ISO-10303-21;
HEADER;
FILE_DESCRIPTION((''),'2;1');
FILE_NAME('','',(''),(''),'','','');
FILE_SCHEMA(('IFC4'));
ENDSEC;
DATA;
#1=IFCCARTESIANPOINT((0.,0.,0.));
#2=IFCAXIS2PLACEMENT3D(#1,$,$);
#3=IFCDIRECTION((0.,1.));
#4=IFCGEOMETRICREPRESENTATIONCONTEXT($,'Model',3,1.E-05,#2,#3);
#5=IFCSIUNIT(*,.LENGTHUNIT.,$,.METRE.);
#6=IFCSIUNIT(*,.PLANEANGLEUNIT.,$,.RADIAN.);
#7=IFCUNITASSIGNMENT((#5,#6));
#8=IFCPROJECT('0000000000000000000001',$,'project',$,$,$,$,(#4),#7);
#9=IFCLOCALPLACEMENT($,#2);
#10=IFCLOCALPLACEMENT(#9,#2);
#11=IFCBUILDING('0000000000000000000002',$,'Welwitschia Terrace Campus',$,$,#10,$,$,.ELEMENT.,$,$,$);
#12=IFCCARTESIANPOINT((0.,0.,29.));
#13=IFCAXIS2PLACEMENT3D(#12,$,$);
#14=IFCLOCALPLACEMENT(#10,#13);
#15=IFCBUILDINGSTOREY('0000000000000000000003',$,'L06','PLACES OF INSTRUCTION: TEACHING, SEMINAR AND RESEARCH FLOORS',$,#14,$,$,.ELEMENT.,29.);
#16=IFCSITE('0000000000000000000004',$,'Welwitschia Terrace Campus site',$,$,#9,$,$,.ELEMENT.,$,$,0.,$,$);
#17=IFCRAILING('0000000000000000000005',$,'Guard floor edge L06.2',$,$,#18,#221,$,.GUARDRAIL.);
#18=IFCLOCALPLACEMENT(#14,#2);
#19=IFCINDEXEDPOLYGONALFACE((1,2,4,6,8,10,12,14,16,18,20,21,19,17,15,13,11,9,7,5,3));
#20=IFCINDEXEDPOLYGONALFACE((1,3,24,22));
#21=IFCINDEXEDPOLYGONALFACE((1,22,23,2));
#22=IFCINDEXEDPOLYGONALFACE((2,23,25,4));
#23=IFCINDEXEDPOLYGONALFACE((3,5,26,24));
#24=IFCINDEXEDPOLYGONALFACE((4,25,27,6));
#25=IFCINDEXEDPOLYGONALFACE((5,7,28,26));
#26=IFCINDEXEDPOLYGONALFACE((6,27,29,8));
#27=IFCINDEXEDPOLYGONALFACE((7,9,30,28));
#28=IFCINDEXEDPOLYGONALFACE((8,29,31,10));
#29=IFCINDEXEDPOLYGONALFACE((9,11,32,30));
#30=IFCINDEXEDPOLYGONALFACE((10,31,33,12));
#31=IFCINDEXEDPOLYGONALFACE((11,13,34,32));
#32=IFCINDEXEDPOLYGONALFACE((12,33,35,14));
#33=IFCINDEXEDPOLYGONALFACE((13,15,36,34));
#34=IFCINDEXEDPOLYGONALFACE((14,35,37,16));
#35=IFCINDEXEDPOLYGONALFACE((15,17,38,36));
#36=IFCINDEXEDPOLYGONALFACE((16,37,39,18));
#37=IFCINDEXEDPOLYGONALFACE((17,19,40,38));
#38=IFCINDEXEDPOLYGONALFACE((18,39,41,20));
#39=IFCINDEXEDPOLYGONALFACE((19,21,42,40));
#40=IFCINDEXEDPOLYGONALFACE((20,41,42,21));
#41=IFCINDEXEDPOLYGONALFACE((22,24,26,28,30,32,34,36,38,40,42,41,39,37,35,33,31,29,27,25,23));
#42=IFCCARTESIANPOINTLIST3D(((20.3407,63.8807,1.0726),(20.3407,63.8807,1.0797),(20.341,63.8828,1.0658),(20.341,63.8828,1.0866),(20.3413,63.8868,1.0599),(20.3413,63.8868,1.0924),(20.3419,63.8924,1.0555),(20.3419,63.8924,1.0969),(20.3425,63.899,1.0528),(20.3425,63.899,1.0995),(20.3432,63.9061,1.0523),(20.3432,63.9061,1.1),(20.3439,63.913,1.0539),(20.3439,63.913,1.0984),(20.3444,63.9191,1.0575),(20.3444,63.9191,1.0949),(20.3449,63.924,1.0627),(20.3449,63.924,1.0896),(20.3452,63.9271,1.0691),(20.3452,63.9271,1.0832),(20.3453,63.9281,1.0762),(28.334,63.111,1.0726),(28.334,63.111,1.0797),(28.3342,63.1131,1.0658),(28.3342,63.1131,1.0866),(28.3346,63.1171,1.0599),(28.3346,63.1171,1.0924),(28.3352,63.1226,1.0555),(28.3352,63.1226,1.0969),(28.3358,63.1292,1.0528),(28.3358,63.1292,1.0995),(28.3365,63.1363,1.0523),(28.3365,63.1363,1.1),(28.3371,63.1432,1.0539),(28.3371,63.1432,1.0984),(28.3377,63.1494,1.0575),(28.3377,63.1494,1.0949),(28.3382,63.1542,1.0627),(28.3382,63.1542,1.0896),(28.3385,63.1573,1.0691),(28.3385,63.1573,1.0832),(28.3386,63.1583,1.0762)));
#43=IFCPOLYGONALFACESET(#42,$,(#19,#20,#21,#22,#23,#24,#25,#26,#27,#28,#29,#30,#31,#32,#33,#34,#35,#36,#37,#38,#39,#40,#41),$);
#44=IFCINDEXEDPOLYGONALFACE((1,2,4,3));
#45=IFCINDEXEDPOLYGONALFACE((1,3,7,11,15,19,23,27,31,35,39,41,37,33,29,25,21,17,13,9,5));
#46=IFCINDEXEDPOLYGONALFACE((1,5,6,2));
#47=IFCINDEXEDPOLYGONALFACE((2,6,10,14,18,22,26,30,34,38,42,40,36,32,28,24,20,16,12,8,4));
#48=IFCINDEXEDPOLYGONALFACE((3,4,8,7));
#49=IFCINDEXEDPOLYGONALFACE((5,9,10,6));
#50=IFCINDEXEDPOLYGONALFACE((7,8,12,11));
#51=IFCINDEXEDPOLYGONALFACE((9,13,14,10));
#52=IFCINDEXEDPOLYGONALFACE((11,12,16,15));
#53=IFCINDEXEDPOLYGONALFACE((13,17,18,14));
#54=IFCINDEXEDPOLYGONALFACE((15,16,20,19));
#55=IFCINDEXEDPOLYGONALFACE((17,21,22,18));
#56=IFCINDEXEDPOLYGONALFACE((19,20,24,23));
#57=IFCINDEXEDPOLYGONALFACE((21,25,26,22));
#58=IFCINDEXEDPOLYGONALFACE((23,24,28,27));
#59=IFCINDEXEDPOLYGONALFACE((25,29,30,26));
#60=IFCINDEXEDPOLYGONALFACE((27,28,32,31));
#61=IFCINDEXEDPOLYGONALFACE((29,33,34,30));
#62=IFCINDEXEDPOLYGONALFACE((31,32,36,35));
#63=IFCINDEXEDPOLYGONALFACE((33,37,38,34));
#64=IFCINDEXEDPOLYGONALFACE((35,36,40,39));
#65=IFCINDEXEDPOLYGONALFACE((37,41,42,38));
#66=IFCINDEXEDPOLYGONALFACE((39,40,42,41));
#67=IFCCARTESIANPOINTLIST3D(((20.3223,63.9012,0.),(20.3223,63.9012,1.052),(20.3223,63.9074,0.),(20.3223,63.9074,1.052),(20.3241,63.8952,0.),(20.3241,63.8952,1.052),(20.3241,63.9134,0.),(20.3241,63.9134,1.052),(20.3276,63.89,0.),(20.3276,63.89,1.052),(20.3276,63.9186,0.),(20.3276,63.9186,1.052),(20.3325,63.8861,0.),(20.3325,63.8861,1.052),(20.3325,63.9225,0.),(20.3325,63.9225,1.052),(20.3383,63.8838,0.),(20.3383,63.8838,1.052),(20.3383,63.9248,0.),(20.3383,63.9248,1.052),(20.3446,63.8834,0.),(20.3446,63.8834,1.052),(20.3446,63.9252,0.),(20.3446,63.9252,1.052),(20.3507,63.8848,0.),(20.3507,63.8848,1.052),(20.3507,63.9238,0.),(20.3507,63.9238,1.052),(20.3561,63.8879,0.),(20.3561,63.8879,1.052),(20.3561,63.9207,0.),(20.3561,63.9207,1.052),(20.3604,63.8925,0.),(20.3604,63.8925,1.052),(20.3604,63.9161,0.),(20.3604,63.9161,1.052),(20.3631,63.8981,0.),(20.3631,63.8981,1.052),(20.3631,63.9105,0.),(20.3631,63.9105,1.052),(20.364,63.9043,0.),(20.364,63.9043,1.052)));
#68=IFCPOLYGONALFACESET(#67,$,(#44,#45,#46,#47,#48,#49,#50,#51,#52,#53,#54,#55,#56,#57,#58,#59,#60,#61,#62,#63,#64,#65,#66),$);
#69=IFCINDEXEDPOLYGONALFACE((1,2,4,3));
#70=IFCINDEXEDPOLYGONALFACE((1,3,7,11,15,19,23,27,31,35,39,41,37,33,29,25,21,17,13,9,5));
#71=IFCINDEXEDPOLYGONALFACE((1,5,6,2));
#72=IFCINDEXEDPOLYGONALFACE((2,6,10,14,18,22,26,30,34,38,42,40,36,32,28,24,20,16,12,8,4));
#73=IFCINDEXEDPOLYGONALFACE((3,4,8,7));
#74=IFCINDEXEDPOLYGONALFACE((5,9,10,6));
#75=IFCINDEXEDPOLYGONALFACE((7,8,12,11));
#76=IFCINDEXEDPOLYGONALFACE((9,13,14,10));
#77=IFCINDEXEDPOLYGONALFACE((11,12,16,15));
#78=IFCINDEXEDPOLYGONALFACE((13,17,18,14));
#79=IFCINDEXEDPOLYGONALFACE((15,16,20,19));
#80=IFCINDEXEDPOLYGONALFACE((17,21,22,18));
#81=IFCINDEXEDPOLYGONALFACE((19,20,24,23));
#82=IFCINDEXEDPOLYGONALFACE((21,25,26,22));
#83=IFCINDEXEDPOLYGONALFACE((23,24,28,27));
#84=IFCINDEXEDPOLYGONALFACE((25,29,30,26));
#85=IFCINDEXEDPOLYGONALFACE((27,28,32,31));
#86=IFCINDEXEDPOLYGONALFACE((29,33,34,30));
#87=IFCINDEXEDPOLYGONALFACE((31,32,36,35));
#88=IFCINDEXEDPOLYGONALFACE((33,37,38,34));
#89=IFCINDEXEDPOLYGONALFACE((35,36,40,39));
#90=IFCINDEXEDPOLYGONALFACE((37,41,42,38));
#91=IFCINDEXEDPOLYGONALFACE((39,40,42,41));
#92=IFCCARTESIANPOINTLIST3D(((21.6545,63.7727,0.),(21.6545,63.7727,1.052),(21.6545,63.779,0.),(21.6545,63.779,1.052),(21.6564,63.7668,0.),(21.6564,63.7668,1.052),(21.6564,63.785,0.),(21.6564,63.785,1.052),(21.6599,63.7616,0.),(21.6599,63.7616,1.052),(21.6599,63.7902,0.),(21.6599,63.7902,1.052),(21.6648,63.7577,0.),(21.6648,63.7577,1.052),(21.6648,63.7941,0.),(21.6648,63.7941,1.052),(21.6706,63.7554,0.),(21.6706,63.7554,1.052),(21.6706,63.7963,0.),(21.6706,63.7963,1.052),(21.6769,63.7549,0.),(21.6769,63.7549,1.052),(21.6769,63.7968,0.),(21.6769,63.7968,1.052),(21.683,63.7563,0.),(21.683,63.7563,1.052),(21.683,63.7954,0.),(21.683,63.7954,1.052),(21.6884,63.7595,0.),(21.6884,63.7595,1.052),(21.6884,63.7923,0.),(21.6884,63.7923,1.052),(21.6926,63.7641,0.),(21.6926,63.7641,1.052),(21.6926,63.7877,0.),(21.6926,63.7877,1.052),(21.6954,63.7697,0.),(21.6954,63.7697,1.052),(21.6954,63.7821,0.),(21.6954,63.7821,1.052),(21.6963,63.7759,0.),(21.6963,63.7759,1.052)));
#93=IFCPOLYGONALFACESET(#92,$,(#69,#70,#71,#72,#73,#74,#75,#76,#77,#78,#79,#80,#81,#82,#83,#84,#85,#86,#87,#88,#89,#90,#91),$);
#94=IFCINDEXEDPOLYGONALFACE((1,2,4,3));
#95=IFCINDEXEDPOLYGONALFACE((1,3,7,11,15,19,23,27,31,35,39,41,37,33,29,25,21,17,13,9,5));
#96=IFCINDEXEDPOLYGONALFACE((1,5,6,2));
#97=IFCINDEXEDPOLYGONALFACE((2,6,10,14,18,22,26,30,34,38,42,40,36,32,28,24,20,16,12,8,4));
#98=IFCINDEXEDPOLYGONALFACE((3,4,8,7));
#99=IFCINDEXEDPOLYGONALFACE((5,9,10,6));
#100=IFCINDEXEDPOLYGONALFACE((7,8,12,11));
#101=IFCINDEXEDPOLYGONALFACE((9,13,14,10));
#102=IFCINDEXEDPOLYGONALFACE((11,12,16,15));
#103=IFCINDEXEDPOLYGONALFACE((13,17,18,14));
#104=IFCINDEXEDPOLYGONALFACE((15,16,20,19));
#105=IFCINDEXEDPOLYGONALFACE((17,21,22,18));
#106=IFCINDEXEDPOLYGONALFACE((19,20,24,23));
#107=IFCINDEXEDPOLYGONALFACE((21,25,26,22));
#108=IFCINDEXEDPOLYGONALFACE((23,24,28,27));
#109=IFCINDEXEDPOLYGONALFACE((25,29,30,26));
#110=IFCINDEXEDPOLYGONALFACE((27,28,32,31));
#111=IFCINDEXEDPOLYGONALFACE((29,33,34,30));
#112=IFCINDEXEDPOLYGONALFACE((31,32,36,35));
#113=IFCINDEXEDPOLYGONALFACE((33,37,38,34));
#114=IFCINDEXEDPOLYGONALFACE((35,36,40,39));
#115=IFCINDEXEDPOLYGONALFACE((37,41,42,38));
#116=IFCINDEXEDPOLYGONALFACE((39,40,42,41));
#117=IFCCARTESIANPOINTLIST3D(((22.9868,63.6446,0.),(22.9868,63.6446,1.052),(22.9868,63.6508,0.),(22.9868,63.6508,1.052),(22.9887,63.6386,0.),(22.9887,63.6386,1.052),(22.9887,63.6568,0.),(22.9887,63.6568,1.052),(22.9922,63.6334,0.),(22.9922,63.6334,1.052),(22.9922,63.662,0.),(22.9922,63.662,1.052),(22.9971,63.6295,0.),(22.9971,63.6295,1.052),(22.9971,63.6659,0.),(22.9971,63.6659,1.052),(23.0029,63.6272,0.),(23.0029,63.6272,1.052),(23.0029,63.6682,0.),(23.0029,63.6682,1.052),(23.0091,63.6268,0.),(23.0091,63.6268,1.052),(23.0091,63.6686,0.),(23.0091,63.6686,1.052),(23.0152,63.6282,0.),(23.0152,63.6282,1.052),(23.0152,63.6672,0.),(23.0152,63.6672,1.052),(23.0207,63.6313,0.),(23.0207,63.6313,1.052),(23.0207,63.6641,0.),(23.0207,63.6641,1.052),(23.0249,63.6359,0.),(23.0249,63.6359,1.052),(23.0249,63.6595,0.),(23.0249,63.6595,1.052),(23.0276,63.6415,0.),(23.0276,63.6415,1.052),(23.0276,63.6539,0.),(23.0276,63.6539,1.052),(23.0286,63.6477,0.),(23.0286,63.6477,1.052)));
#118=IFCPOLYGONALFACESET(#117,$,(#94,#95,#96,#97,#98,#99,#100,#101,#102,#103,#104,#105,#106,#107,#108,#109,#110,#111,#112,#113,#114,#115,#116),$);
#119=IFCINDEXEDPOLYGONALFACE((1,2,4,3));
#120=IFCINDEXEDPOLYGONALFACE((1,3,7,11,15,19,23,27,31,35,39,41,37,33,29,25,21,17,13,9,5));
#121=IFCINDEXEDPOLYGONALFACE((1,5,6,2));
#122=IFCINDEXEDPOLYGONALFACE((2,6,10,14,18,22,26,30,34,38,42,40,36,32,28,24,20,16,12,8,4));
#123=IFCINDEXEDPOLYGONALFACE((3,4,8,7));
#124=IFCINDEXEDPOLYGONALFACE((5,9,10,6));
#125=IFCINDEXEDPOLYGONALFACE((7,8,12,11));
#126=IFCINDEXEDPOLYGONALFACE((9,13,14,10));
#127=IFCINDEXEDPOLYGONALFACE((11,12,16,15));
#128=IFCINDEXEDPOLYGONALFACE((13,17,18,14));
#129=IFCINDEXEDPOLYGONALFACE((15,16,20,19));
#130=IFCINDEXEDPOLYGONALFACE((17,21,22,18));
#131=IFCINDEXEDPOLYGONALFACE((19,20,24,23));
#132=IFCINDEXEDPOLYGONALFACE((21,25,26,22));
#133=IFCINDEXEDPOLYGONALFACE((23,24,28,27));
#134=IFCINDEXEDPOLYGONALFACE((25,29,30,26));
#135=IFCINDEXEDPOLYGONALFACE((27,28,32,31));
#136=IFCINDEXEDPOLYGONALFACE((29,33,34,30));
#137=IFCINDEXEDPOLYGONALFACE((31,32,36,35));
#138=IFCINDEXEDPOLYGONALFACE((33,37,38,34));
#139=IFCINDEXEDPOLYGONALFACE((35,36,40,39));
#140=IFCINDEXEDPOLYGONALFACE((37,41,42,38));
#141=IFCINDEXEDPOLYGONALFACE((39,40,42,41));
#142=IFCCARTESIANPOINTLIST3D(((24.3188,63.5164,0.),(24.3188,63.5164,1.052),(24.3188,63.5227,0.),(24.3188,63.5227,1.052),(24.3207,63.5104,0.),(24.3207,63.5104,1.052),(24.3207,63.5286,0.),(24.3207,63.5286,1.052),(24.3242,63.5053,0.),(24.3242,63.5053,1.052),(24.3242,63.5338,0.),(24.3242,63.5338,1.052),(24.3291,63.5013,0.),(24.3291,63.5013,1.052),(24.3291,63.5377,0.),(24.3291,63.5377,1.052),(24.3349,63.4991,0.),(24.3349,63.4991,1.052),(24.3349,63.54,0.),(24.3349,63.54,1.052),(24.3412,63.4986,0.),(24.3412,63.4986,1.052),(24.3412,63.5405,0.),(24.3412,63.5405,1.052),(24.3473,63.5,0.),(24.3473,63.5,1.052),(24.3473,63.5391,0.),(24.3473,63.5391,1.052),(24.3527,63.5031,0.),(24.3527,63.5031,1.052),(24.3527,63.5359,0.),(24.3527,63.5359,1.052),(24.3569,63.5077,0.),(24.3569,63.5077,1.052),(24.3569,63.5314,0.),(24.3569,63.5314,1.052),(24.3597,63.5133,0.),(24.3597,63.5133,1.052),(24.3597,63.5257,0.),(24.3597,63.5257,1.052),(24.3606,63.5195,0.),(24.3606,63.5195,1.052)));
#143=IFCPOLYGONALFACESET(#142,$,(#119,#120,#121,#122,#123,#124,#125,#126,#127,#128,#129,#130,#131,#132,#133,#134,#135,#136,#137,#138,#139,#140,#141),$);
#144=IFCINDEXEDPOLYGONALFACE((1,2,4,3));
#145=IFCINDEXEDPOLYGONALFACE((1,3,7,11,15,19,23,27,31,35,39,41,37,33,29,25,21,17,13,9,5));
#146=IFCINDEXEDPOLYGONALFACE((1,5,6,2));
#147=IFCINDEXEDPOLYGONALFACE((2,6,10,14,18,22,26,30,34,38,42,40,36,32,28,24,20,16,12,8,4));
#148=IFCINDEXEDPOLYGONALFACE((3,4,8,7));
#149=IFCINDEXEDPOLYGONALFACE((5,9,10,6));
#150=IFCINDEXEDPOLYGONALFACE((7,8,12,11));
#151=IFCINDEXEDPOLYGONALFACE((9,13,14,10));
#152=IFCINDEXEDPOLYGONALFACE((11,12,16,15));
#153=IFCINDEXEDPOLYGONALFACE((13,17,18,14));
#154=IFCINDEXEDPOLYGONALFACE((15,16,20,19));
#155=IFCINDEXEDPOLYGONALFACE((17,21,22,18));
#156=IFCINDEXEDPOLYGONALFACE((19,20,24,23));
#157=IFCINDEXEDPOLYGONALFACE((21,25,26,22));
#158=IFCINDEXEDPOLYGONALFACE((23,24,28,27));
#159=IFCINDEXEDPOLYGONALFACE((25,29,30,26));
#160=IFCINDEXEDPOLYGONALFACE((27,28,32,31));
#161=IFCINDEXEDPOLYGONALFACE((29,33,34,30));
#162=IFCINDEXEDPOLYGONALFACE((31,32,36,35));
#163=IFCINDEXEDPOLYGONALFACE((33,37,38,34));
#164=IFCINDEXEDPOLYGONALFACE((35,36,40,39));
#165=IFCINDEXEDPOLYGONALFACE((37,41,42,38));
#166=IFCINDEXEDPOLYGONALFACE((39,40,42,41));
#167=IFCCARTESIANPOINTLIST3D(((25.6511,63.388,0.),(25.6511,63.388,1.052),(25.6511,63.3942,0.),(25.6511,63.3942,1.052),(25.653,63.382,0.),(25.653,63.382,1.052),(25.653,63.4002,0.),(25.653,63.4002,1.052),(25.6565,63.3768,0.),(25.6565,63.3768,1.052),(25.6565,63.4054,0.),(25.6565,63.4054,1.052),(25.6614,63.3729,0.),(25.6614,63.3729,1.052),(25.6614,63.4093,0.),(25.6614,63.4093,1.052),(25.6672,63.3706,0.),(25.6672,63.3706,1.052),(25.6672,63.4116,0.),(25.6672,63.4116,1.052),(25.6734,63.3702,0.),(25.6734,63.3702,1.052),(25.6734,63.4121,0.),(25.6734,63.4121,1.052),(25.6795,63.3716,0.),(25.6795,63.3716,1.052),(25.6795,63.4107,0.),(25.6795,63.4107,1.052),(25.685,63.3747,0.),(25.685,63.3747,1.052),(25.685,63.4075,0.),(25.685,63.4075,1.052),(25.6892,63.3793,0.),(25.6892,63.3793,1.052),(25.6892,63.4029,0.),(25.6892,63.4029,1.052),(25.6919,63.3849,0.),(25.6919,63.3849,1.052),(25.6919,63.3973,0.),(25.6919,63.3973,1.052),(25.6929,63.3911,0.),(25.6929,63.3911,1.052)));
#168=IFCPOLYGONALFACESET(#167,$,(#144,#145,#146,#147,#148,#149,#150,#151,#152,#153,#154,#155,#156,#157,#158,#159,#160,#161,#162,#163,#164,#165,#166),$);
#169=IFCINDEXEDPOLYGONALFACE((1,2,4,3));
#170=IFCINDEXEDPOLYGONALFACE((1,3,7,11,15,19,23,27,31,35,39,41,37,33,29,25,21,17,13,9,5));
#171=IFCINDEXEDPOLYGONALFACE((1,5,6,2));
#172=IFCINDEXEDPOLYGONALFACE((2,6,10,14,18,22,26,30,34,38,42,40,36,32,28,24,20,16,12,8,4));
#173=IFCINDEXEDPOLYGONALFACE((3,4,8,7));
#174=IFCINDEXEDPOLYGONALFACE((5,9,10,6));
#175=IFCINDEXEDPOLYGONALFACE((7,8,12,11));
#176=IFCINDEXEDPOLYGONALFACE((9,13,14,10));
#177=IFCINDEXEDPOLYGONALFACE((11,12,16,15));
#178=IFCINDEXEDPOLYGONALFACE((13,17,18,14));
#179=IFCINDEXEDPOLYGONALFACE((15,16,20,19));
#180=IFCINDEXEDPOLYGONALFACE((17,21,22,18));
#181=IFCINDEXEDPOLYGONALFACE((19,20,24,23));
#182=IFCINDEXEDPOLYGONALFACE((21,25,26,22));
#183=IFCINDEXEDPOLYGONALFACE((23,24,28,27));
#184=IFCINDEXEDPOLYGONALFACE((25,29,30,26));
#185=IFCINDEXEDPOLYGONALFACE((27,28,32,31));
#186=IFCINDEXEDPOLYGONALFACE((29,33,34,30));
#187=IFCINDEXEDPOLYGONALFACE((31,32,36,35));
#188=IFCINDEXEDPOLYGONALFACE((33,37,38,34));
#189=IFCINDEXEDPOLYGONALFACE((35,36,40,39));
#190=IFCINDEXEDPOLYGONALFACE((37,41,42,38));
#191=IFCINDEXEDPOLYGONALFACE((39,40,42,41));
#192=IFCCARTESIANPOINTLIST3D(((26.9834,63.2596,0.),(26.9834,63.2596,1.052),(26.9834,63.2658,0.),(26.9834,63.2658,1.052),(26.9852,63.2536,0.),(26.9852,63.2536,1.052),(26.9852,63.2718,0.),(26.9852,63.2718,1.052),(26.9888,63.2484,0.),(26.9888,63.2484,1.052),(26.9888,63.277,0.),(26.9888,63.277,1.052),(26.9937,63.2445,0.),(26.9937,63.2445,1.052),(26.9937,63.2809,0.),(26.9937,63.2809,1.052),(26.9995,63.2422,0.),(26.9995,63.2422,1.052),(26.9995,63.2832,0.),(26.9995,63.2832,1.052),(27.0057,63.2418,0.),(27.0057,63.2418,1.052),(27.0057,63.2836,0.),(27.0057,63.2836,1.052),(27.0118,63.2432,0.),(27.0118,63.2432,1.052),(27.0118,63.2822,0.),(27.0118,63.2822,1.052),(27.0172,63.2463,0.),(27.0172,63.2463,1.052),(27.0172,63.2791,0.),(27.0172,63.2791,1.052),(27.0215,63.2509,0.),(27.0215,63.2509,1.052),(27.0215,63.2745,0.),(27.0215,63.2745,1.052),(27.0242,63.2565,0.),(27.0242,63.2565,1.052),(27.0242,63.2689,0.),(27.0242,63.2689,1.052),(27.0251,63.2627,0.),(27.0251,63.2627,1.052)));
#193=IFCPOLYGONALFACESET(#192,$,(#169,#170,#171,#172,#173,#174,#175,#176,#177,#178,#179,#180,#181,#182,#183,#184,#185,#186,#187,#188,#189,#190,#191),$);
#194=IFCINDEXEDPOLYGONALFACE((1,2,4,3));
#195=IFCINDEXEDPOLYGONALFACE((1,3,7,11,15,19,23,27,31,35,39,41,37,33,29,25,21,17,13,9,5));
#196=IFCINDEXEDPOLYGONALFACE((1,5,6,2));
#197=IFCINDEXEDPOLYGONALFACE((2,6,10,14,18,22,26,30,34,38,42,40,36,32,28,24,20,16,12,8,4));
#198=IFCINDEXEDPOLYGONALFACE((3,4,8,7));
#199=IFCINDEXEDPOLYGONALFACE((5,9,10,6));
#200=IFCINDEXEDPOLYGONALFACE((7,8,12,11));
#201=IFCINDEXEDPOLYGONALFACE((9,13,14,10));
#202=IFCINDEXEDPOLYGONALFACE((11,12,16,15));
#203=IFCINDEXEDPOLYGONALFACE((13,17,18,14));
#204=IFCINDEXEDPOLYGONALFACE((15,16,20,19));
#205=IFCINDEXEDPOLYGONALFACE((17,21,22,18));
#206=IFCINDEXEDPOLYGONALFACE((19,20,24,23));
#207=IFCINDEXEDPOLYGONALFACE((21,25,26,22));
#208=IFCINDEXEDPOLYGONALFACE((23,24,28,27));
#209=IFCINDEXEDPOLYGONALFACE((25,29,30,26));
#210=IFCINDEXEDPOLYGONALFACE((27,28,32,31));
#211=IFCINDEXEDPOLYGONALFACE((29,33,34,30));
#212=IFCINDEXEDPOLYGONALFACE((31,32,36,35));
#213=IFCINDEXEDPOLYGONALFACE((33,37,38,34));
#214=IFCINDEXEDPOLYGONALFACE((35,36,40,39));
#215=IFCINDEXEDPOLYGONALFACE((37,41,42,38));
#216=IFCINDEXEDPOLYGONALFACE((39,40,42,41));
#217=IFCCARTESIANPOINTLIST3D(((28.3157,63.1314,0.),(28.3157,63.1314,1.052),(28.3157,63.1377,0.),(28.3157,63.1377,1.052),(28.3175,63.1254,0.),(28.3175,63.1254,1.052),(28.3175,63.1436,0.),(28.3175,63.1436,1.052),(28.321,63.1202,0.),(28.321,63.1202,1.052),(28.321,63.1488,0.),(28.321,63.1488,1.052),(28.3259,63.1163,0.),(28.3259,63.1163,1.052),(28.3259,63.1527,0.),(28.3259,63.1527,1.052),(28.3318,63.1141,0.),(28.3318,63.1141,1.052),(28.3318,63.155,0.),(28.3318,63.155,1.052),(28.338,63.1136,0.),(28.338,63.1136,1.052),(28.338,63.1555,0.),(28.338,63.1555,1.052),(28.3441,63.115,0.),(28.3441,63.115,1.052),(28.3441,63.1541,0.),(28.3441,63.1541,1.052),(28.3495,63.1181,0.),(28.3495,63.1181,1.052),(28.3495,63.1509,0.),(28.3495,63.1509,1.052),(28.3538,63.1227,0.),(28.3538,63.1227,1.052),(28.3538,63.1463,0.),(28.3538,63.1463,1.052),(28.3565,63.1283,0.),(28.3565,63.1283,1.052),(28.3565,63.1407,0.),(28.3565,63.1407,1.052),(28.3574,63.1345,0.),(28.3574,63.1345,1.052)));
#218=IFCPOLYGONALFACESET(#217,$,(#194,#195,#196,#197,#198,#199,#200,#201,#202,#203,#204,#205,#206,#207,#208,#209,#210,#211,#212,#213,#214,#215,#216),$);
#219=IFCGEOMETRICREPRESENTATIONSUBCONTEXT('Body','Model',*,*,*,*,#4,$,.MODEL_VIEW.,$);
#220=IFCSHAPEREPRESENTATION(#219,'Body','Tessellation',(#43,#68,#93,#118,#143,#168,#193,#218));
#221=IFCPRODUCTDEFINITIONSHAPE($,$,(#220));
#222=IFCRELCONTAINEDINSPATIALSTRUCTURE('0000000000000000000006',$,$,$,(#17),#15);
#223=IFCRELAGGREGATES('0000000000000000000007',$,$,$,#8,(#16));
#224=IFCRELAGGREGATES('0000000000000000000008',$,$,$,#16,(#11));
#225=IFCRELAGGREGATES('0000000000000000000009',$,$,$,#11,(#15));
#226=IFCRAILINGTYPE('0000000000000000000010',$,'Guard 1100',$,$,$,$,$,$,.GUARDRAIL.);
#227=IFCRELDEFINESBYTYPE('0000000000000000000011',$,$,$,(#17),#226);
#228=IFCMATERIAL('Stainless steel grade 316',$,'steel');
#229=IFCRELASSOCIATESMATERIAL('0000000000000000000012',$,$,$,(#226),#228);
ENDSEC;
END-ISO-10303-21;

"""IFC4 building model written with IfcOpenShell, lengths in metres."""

from ifc_helpers import new_model, si_unit, direction, frame, origin, origin_2d, place, context, subcontext, project, spatial, circle, extrude, material, type_object, element, save


model = new_model("IFC4")

# Units and contexts
model_context = context("Model", 3, precision=1e-05, world=origin(), true_north=direction((0.0, 1.0)))
body_context = subcontext(model_context, "Body", "Model", "MODEL_VIEW")
ifc_project = project(units=[si_unit("LENGTHUNIT", "METRE"), si_unit("PLANEANGLEUNIT", "RADIAN")], contexts=[model_context])

# Site, building, storey
site_placement = place(None, origin())
site = spatial("IfcSite", under=ifc_project, at=site_placement, Name="Welwitschia Terrace Campus site", CompositionType="ELEMENT", RefElevation=0.0)
building_placement = place(site_placement, origin())
building = spatial("IfcBuilding", under=site, at=building_placement, Name="Welwitschia Terrace Campus", CompositionType="ELEMENT")
storey_placement = place(building_placement, frame((0.0, 0.0, 29.0)))
storey = spatial("IfcBuildingStorey", under=building, at=storey_placement, Name="L06", Description="PLACES OF INSTRUCTION: TEACHING, SEMINAR AND RESEARCH FLOORS", CompositionType="ELEMENT", Elevation=29.0)

# Railing
ifc_material_1 = material(Name="Stainless steel grade 316", Category="steel")
railing_type = type_object("IfcRailingType", Name="Guard 1100", PredefinedType="GUARDRAIL", material=ifc_material_1)
railing_1_placement = place(storey_placement, frame((20.343, 63.9043, 0.0)))
element("IfcRailing", 1, at=railing_1_placement, inside=storey, type_object=railing_type, Name="Guard floor edge L06.2", PredefinedType="GUARDRAIL", context=body_context, shape_type="SweptSolid", body=[
    extrude(circle(Radius=0.0239, at=origin_2d()), frame((0.0, 0.0, 1.0762), z_axis=(0.995395, -0.095858, 0.0), x_axis=(0.095858, 0.995395, 0.0)), (0.0, 0.0, 1.0), 8.0303),
    extrude(circle(Radius=0.021, at=origin_2d()), origin(), (0.0, 0.0, 1.0), 1.052),
    extrude(circle(Radius=0.021, at=origin_2d()), frame((1.3323, -0.1284, 0.0)), (0.0, 0.0, 1.0), 1.052),
    extrude(circle(Radius=0.021, at=origin_2d()), frame((2.6646, -0.2566, 0.0)), (0.0, 0.0, 1.0), 1.052),
    extrude(circle(Radius=0.021, at=origin_2d()), frame((3.9966, -0.3848, 0.0)), (0.0, 0.0, 1.0), 1.052),
    extrude(circle(Radius=0.021, at=origin_2d()), frame((5.3289, -0.5132, 0.0)), (0.0, 0.0, 1.0), 1.052),
    extrude(circle(Radius=0.021, at=origin_2d()), frame((6.6611, -0.6416, 0.0)), (0.0, 0.0, 1.0), 1.052),
    extrude(circle(Radius=0.021, at=origin_2d()), frame((7.9934, -0.7698, 0.0)), (0.0, 0.0, 1.0), 1.052),
])

save(model, "model.ifc")
